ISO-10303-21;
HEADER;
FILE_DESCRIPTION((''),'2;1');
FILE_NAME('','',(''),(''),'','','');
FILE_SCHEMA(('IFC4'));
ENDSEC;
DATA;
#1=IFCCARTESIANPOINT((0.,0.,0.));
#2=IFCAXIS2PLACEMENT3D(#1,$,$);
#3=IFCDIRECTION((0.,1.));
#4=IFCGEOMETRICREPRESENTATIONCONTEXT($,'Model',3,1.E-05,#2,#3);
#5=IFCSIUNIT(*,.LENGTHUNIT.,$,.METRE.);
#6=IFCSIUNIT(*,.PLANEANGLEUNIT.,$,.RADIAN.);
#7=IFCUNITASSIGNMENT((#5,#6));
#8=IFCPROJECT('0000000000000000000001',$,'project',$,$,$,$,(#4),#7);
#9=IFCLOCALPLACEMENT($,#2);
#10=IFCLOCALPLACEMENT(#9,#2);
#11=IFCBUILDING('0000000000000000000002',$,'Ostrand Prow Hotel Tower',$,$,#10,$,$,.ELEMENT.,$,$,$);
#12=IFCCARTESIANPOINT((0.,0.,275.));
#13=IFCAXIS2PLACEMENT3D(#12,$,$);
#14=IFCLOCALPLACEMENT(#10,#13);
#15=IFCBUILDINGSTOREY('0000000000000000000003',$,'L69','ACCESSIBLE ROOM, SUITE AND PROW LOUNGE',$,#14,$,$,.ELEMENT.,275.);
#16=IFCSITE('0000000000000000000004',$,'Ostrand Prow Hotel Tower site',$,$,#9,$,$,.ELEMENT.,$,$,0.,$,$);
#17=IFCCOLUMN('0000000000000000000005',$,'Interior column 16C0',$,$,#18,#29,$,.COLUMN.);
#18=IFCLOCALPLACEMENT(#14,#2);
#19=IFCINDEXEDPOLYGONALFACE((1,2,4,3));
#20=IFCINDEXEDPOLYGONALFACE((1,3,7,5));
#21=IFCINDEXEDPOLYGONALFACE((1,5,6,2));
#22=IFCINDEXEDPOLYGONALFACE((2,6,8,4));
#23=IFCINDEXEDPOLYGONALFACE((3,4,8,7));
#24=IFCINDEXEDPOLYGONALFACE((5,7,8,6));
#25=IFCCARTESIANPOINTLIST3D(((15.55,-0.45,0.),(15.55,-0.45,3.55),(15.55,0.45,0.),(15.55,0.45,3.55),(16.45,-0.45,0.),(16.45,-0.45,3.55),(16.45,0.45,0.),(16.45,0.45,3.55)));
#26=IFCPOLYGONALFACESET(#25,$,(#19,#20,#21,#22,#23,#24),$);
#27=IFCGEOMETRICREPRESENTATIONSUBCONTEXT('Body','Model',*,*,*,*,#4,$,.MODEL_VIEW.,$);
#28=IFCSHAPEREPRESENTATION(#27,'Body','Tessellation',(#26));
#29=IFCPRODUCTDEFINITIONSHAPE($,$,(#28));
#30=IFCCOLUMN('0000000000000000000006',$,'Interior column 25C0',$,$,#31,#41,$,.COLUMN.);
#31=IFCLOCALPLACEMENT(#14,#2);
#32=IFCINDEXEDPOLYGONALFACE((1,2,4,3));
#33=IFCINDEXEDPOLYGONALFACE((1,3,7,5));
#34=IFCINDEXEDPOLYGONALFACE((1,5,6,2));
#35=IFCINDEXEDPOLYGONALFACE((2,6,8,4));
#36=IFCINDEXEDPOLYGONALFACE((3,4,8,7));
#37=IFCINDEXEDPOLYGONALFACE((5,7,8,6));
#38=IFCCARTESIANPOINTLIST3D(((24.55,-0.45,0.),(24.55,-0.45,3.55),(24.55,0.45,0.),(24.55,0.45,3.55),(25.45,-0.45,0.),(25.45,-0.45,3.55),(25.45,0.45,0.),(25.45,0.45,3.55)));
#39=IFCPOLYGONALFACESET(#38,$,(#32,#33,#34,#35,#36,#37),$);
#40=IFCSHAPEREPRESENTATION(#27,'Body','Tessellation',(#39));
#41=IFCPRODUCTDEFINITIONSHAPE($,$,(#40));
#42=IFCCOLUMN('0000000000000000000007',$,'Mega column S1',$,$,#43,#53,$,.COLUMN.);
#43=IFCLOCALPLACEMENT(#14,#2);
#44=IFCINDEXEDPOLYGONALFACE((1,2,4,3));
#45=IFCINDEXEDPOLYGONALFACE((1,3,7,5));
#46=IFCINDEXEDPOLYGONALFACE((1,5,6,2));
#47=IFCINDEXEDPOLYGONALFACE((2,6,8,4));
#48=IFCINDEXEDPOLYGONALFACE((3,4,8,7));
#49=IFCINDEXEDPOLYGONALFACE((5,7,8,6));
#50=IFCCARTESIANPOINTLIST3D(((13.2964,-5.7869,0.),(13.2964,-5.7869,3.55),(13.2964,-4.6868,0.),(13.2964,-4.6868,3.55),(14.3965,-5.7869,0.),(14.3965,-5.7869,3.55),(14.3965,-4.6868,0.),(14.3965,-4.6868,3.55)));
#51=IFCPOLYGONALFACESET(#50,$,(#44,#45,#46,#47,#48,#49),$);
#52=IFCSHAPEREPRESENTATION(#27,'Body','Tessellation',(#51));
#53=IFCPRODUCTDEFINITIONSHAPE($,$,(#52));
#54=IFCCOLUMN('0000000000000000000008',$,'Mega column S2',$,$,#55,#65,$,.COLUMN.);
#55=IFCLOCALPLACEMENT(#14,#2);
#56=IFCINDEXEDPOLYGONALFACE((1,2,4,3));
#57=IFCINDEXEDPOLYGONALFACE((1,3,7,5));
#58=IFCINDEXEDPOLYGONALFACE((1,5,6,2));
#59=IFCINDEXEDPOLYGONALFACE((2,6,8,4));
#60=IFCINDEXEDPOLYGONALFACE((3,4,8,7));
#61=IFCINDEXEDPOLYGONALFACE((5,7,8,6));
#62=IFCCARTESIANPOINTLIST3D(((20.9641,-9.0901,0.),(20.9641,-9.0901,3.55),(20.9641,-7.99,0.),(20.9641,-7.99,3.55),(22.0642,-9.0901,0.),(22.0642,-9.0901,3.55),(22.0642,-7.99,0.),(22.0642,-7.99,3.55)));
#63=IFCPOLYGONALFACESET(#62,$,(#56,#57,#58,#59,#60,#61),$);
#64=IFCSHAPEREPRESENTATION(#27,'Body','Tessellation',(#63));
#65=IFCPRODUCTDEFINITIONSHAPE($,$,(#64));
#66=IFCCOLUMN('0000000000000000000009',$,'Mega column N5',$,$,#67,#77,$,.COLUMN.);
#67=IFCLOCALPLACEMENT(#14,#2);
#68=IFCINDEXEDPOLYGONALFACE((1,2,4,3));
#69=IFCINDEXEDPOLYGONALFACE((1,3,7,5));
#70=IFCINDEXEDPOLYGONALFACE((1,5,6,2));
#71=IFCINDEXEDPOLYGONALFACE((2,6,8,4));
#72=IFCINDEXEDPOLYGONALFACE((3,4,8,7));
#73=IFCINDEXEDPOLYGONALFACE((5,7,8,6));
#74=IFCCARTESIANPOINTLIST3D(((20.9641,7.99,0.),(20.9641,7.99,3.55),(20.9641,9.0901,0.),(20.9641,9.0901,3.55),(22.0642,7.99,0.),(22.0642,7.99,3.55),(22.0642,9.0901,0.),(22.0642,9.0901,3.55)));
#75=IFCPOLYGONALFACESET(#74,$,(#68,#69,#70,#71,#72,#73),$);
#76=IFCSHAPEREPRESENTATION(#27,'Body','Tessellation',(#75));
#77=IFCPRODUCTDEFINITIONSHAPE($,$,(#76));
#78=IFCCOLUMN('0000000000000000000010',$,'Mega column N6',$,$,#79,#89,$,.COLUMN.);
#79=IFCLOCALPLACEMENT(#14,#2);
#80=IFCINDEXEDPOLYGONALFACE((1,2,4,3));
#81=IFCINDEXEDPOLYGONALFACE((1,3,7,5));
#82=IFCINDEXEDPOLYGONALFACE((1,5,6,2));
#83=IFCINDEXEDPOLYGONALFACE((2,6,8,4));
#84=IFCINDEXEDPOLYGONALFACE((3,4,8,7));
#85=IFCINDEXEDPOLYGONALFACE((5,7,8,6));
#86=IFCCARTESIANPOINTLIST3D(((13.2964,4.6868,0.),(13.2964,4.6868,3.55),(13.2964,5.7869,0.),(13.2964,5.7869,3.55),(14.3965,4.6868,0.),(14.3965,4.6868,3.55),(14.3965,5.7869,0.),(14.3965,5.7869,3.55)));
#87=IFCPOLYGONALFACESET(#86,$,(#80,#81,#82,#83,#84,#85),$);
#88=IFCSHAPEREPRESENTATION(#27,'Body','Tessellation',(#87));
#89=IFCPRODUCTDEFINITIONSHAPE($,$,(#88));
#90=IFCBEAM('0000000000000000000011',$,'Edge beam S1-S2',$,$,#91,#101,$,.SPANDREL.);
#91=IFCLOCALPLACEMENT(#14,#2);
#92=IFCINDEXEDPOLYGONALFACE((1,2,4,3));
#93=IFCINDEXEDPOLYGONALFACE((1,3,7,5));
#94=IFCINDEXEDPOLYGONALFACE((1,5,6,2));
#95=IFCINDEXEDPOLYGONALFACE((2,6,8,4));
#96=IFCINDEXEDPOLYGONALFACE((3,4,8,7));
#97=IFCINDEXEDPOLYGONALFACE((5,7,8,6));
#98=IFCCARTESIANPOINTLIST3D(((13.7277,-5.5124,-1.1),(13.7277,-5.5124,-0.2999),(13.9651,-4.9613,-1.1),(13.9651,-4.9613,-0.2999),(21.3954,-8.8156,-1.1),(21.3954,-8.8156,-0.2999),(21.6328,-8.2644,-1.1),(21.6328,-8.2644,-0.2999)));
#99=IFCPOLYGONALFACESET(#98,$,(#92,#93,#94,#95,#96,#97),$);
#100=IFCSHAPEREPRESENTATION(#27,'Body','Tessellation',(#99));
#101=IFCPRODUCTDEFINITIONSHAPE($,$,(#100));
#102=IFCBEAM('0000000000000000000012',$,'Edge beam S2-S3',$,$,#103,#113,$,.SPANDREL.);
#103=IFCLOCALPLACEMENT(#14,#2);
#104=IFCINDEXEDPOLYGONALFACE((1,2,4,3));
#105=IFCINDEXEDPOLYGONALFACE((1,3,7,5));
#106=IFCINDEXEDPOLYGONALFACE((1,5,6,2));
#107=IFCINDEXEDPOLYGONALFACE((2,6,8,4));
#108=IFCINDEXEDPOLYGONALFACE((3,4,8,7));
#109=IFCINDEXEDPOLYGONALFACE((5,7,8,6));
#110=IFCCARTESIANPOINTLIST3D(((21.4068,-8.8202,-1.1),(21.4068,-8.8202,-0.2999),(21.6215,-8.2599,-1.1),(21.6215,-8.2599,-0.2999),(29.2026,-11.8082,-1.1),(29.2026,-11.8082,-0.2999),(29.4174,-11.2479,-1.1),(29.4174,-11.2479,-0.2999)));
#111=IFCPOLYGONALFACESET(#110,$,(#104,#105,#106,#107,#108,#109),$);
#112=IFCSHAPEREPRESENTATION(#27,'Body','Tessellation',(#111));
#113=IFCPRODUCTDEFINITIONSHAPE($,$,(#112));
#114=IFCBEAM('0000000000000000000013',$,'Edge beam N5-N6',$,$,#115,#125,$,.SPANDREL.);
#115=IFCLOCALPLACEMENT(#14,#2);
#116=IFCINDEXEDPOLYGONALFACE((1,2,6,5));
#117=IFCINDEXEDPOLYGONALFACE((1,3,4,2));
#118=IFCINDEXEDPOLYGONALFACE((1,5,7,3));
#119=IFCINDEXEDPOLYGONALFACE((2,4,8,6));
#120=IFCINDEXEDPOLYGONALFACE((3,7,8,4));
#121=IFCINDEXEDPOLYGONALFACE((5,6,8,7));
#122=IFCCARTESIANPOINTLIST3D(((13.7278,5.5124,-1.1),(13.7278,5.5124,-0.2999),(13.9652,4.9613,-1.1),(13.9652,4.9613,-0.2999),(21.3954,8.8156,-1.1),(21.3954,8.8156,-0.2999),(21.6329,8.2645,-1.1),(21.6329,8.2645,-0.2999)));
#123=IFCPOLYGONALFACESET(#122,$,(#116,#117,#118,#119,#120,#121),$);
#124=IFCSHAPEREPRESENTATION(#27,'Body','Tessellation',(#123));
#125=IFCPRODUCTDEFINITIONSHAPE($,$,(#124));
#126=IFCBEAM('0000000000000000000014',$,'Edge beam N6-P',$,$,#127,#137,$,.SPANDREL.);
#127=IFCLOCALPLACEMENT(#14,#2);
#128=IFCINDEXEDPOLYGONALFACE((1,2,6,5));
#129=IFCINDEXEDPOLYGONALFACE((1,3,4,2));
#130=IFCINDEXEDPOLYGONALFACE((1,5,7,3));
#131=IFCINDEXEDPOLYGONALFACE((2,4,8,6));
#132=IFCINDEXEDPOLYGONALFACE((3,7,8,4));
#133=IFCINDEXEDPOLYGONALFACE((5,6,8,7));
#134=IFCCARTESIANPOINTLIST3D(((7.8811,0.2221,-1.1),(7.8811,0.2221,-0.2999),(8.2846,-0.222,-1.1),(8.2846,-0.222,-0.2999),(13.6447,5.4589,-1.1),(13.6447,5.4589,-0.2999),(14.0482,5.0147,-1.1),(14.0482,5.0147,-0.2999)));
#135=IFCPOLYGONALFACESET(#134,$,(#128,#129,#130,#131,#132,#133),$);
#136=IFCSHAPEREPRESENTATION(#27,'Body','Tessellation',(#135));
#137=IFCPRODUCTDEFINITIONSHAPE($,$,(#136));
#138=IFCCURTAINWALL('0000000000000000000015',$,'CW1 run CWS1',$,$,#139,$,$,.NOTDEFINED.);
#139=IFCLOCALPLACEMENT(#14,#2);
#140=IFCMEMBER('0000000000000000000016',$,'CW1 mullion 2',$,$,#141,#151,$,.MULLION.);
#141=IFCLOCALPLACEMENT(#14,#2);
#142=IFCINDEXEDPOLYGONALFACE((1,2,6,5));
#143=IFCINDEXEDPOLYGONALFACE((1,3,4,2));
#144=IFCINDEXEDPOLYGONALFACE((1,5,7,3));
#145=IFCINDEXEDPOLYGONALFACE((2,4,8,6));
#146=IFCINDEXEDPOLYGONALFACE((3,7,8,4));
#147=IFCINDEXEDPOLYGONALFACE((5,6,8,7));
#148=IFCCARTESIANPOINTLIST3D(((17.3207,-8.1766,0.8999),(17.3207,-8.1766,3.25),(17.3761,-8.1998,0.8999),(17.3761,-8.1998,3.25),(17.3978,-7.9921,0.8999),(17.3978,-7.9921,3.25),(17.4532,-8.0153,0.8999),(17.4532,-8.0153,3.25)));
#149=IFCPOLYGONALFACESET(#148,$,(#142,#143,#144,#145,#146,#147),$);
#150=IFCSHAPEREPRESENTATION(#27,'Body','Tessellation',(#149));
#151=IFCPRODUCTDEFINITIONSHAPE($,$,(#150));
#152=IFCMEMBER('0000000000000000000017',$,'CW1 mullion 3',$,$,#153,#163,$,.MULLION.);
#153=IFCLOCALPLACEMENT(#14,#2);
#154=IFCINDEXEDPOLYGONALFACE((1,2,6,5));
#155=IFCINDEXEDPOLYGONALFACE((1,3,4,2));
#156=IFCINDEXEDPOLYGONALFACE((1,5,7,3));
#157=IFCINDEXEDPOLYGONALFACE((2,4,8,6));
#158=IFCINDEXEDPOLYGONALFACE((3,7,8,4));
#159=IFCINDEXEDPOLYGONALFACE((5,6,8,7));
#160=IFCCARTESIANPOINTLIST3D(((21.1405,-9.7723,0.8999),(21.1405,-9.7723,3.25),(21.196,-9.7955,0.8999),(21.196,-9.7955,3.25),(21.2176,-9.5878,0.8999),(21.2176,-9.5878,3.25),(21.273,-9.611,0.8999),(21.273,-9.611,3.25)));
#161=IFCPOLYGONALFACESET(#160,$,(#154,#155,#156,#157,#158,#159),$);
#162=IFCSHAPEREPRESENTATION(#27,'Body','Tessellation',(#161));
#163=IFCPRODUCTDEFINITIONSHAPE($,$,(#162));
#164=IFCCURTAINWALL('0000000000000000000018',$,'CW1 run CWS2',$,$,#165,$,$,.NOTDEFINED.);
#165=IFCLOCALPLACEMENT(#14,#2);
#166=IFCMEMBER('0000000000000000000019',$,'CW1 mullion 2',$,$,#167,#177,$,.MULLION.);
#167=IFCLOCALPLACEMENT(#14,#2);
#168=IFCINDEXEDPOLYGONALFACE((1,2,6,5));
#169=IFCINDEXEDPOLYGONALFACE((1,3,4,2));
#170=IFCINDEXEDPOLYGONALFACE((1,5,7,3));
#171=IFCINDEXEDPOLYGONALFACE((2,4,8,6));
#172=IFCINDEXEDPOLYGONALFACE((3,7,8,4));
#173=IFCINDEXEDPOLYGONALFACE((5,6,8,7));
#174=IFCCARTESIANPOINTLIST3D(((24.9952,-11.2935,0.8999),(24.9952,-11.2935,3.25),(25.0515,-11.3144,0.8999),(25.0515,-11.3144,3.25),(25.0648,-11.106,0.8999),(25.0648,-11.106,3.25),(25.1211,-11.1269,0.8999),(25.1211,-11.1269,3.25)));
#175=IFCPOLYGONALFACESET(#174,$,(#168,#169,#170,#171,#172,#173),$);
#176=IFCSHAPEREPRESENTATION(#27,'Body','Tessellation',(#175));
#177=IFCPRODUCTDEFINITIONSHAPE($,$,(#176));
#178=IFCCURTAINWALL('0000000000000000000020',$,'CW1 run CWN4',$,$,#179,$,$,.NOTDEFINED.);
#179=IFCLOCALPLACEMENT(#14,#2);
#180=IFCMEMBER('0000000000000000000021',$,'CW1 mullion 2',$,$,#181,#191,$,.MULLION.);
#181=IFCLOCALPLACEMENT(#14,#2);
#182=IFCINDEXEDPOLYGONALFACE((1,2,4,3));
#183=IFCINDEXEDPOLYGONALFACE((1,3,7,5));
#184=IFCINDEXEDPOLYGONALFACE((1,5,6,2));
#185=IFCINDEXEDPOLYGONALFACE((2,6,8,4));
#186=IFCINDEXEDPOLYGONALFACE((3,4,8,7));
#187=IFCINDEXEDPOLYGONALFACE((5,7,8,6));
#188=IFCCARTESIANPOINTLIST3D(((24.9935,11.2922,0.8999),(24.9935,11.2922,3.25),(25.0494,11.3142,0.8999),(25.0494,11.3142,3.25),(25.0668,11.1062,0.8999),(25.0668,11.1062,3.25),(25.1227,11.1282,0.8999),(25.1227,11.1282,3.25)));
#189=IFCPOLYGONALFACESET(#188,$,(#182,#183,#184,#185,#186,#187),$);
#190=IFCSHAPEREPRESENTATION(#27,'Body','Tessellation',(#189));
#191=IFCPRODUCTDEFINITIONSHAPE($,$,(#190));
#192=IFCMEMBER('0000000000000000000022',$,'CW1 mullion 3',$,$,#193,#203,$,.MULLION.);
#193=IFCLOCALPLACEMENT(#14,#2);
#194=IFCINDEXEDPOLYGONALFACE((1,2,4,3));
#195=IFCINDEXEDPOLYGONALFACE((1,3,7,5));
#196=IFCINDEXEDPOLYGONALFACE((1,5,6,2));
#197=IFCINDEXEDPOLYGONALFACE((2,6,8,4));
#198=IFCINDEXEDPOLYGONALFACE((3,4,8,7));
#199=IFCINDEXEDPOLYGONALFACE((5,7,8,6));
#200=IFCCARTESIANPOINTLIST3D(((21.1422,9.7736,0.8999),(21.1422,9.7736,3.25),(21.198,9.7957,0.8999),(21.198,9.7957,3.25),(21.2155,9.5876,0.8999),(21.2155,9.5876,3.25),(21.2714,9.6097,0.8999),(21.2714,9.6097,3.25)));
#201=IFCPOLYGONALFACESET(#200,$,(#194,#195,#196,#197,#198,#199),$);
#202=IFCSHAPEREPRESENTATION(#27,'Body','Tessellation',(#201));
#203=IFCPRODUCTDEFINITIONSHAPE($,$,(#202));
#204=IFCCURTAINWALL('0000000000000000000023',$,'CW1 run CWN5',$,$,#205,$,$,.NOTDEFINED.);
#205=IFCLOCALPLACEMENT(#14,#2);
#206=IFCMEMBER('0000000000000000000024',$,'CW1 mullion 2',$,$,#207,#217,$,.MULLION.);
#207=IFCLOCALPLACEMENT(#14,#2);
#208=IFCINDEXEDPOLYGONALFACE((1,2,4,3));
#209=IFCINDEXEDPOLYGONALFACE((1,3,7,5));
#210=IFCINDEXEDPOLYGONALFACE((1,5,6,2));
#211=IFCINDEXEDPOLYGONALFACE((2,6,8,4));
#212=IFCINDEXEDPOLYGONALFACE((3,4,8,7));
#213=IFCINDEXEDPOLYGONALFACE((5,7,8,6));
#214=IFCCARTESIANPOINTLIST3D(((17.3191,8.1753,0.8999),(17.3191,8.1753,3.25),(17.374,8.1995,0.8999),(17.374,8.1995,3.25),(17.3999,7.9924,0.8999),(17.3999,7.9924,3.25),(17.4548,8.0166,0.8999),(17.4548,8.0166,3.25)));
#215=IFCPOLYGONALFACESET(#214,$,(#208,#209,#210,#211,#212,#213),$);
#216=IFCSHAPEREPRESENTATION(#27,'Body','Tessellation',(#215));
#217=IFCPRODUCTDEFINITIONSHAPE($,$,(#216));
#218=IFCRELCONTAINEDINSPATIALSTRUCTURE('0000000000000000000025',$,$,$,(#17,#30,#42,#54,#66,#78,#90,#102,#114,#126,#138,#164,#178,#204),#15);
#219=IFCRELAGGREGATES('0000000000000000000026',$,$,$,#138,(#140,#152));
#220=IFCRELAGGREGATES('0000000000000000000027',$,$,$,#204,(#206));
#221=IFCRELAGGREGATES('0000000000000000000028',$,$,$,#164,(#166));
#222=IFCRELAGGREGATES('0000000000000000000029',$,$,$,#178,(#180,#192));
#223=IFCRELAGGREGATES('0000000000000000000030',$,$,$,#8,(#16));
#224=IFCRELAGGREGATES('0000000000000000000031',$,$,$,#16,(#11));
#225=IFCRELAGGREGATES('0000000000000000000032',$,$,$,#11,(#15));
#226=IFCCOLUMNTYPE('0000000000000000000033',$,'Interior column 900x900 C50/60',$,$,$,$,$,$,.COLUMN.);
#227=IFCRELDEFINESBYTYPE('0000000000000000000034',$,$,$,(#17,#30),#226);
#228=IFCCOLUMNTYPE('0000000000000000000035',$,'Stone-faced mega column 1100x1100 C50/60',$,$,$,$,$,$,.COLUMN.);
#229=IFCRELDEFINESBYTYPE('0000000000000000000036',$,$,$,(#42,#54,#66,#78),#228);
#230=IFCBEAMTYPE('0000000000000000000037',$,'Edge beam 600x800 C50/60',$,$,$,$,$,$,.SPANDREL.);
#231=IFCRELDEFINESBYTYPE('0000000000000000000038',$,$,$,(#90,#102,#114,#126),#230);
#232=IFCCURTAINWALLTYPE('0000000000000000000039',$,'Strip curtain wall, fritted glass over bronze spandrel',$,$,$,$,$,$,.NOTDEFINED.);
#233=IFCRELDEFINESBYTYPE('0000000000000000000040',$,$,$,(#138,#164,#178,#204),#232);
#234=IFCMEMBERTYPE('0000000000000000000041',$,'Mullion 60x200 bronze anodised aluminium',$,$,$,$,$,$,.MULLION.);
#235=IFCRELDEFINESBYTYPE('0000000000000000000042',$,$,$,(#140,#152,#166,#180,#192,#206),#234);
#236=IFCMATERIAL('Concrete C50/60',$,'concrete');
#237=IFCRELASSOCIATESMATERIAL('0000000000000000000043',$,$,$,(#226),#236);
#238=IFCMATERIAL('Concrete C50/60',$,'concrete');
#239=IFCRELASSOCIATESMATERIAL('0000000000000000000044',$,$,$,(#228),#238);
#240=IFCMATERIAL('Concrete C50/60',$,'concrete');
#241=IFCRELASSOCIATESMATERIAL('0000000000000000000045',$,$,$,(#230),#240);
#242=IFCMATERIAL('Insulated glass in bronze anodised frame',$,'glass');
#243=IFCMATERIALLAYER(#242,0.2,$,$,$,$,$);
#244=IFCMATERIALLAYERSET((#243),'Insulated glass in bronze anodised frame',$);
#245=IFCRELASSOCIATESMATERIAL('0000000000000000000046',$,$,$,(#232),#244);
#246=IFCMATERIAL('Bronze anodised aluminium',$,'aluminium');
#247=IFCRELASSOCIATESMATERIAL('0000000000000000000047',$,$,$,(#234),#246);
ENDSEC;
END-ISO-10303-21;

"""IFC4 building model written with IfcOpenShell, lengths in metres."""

from ifc_helpers import new_model, si_unit, direction, frame, origin, origin_2d, place, context, subcontext, project, spatial, rectangle, extrude, material, layer, layer_set, material_profile, profile_set, type_object, element, aggregate, save


model = new_model("IFC4")

# Units and contexts
model_context = context("Model", 3, precision=1e-05, world=origin(), true_north=direction((0.0, 1.0)))
body_context = subcontext(model_context, "Body", "Model", "MODEL_VIEW")
ifc_project = project(units=[si_unit("LENGTHUNIT", "METRE"), si_unit("PLANEANGLEUNIT", "RADIAN")], contexts=[model_context])

# Site, building, storey
site_placement = place(None, origin())
site = spatial("IfcSite", under=ifc_project, at=site_placement, Name="Ostrand Prow Hotel Tower site", CompositionType="ELEMENT", RefElevation=0.0)
building_placement = place(site_placement, origin())
building = spatial("IfcBuilding", under=site, at=building_placement, Name="Ostrand Prow Hotel Tower", CompositionType="ELEMENT")
storey_placement = place(building_placement, frame((0.0, 0.0, 275.0)))
storey = spatial("IfcBuildingStorey", under=building, at=storey_placement, Name="L69", Description="ACCESSIBLE ROOM, SUITE AND PROW LOUNGE", CompositionType="ELEMENT", Elevation=275.0)

# Columns
ifc_material_1 = material(Name="Concrete C50/60", Category="concrete")
ifc_material_profile_1 = material_profile(ifc_material_1, rectangle(XDim=0.8999, YDim=0.8999, at=origin_2d()), Name="RC 900x900")
ifc_profile_set_1 = profile_set([ifc_material_profile_1], Name="Concrete C50/60")
column_type_1 = type_object("IfcColumnType", Name="Interior column 900x900 C50/60", PredefinedType="COLUMN", material=ifc_profile_set_1)
for number, where, z_axis, x_axis, name in (
    (1, (16.0, 0.0, 0.0), (0.0, 0.0, 1.0), (1.0, 0.0, 0.0), "Interior column 16C0"),
    (2, (25.0, 0.0, 0.0), (0.0, 0.0, 1.0), (1.0, 0.0, 0.0), "Interior column 25C0"),
):
    element("IfcColumn", number, at=place(storey_placement, frame(where, z_axis=z_axis, x_axis=x_axis)), inside=storey, type_object=column_type_1, Name=name, PredefinedType="COLUMN", context=body_context, shape_type="SweptSolid", body=[
        extrude(rectangle(XDim=0.8999, YDim=0.8999, at=origin_2d()), origin(), (0.0, 0.0, 1.0), 3.55),
    ])
ifc_material_2 = material(Name="Concrete C50/60", Category="concrete")
ifc_material_profile_2 = material_profile(ifc_material_2, rectangle(XDim=1.1001, YDim=1.1001, at=origin_2d()), Name="RC 1100x1100")
ifc_profile_set_2 = profile_set([ifc_material_profile_2], Name="Concrete C50/60")
column_type_2 = type_object("IfcColumnType", Name="Stone-faced mega column 1100x1100 C50/60", PredefinedType="COLUMN", material=ifc_profile_set_2)
for number, where, z_axis, x_axis, name in (
    (3, (13.8464, -5.2368, 0.0), (0.0, 0.0, 1.0), (1.0, 0.0, 0.0), "Mega column S1"),
    (4, (21.5142, -8.54, 0.0), (0.0, 0.0, 1.0), (1.0, 0.0, 0.0), "Mega column S2"),
    (5, (21.5142, 8.54, 0.0), (0.0, 0.0, 1.0), (1.0, 0.0, 0.0), "Mega column N5"),
    (6, (13.8464, 5.2368, 0.0), (0.0, 0.0, 1.0), (1.0, 0.0, 0.0), "Mega column N6"),
):
    element("IfcColumn", number, at=place(storey_placement, frame(where, z_axis=z_axis, x_axis=x_axis)), inside=storey, type_object=column_type_2, Name=name, PredefinedType="COLUMN", context=body_context, shape_type="SweptSolid", body=[
        extrude(rectangle(XDim=1.1001, YDim=1.1001, at=origin_2d()), origin(), (0.0, 0.0, 1.0), 3.55),
    ])

# Beams
ifc_material_3 = material(Name="Concrete C50/60", Category="concrete")
ifc_material_profile_3 = material_profile(ifc_material_3, rectangle(XDim=0.6001, YDim=0.8, at=origin_2d()), Name="RC 600x800")
ifc_profile_set_3 = profile_set([ifc_material_profile_3], Name="Concrete C50/60")
beam_type = type_object("IfcBeamType", Name="Edge beam 600x800 C50/60", PredefinedType="SPANDREL", material=ifc_profile_set_3)
for number, where, z_axis, x_axis, name in (
    (7, (13.8464, -5.2368, -0.7), (0.918404, -0.395644, 0.0), (0.395644, 0.918404, 0.0), "Edge beam S1-S2"),
    (8, (21.5142, -8.54, -0.7), (0.933762, -0.357895, 0.0), (0.357895, 0.933762, 0.0), "Edge beam S2-S3"),
    (9, (21.5142, 8.54, -0.7), (-0.918404, -0.395644, 0.0), (0.395644, -0.918404, 0.0), "Edge beam N5-N6"),
):
    element("IfcBeam", number, at=place(storey_placement, frame(where, z_axis=z_axis, x_axis=x_axis)), inside=storey, type_object=beam_type, Name=name, PredefinedType="SPANDREL", context=body_context, shape_type="SweptSolid", body=[
        extrude(rectangle(XDim=0.6001, YDim=0.8, at=origin_2d()), origin(), (0.0, 0.0, 1.0), 8.3489),
    ])
beam_placement = place(storey_placement, frame((13.8464, 5.2368, -0.7), z_axis=(-0.740124, -0.67247, 0.0), x_axis=(0.67247, -0.740124, 0.0)))
element("IfcBeam", 10, at=beam_placement, inside=storey, type_object=beam_type, Name="Edge beam N6-P", PredefinedType="SPANDREL", context=body_context, shape_type="SweptSolid", body=[
    extrude(rectangle(XDim=0.6001, YDim=0.8, at=origin_2d()), origin(), (0.0, 0.0, 1.0), 7.7874),
])

# Curtain wall, members
ifc_material_4 = material(Name="Insulated glass in bronze anodised frame", Category="glass")
ifc_layer_1 = layer(ifc_material_4, 0.2)
ifc_layer_set_1 = layer_set([ifc_layer_1], Name="Insulated glass in bronze anodised frame")
curtain_wall_type = type_object("IfcCurtainWallType", Name="Strip curtain wall, fritted glass over bronze spandrel", PredefinedType="NOTDEFINED", material=ifc_layer_set_1)
curtain_wall_1_placement = place(storey_placement, origin())
curtain_wall_1 = element("IfcCurtainWall", 11, at=curtain_wall_1_placement, inside=storey, type_object=curtain_wall_type, Name="CW1 run CWS1", PredefinedType="NOTDEFINED")
ifc_material_5 = material(Name="Bronze anodised aluminium", Category="aluminium")
ifc_material_profile_4 = material_profile(ifc_material_5, rectangle(XDim=0.2, YDim=0.0601, at=origin_2d()), Name="Mullion 60x200 bronze anodised aluminium")
ifc_profile_set_4 = profile_set([ifc_material_profile_4], Name="Bronze anodised aluminium")
member_type_1 = type_object("IfcMemberType", Name="Mullion 60x200 bronze anodised aluminium", PredefinedType="MULLION", material=ifc_profile_set_4)
member_1_placement = place(storey_placement, frame((17.387, -8.0959, 0.8999), z_axis=(0.0, 0.0, 1.0), x_axis=(0.385471, 0.92272, 0.0)))
member_1 = element("IfcMember", 12, at=member_1_placement, type_object=member_type_1, Name="CW1 mullion 2", PredefinedType="MULLION", context=body_context, shape_type="SweptSolid", body=[
    extrude(rectangle(XDim=0.2, YDim=0.0601, at=origin_2d()), origin(), (0.0, 0.0, 1.0), 2.3501),
])
member_2_placement = place(storey_placement, frame((21.2068, -9.6917, 0.8999), z_axis=(0.0, 0.0, 1.0), x_axis=(0.385471, 0.92272, 0.0)))
member_2 = element("IfcMember", 13, at=member_2_placement, type_object=member_type_1, Name="CW1 mullion 3", PredefinedType="MULLION", context=body_context, shape_type="SweptSolid", body=[
    extrude(rectangle(XDim=0.2, YDim=0.0601, at=origin_2d()), origin(), (0.0, 0.0, 1.0), 2.3501),
])

# Curtain wall, member
curtain_wall_2_placement = place(storey_placement, origin())
curtain_wall_2 = element("IfcCurtainWall", 14, at=curtain_wall_2_placement, inside=storey, type_object=curtain_wall_type, Name="CW1 run CWS2", PredefinedType="NOTDEFINED")
member_3_placement = place(storey_placement, frame((25.0581, -11.2102, 0.8999), z_axis=(0.0, 0.0, 1.0), x_axis=(0.348071, 0.937468, 0.0)))
member_3 = element("IfcMember", 15, at=member_3_placement, type_object=member_type_1, Name="CW1 mullion 2", PredefinedType="MULLION", context=body_context, shape_type="SweptSolid", body=[
    extrude(rectangle(XDim=0.2, YDim=0.0601, at=origin_2d()), origin(), (0.0, 0.0, 1.0), 2.3501),
])

# Curtain wall, members
curtain_wall_3_placement = place(storey_placement, origin())
curtain_wall_3 = element("IfcCurtainWall", 16, at=curtain_wall_3_placement, inside=storey, type_object=curtain_wall_type, Name="CW1 run CWN4", PredefinedType="NOTDEFINED")
member_4_placement = place(storey_placement, frame((25.0581, 11.2102, 0.8999), z_axis=(0.0, 0.0, 1.0), x_axis=(0.366845, -0.930282, 0.0)))
member_4 = element("IfcMember", 17, at=member_4_placement, type_object=member_type_1, Name="CW1 mullion 2", PredefinedType="MULLION", context=body_context, shape_type="SweptSolid", body=[
    extrude(rectangle(XDim=0.2, YDim=0.0601, at=origin_2d()), origin(), (0.0, 0.0, 1.0), 2.3501),
])
member_5_placement = place(storey_placement, frame((21.2068, 9.6917, 0.8999), z_axis=(0.0, 0.0, 1.0), x_axis=(0.366845, -0.930282, 0.0)))
member_5 = element("IfcMember", 18, at=member_5_placement, type_object=member_type_1, Name="CW1 mullion 3", PredefinedType="MULLION", context=body_context, shape_type="SweptSolid", body=[
    extrude(rectangle(XDim=0.2, YDim=0.0601, at=origin_2d()), origin(), (0.0, 0.0, 1.0), 2.3501),
])

# Curtain wall, member
curtain_wall_4_placement = place(storey_placement, origin())
curtain_wall_4 = element("IfcCurtainWall", 19, at=curtain_wall_4_placement, inside=storey, type_object=curtain_wall_type, Name="CW1 run CWN5", PredefinedType="NOTDEFINED")
member_6_placement = place(storey_placement, frame((17.387, 8.0959, 0.8999), z_axis=(0.0, 0.0, 1.0), x_axis=(0.40394, -0.914786, 0.0)))
member_6 = element("IfcMember", 20, at=member_6_placement, type_object=member_type_1, Name="CW1 mullion 2", PredefinedType="MULLION", context=body_context, shape_type="SweptSolid", body=[
    extrude(rectangle(XDim=0.2, YDim=0.0601, at=origin_2d()), origin(), (0.0, 0.0, 1.0), 2.3501),
])

aggregate(curtain_wall_1, [member_1, member_2])
aggregate(curtain_wall_4, [member_6])
aggregate(curtain_wall_2, [member_3])
aggregate(curtain_wall_3, [member_4, member_5])

save(model, "model.ifc")
